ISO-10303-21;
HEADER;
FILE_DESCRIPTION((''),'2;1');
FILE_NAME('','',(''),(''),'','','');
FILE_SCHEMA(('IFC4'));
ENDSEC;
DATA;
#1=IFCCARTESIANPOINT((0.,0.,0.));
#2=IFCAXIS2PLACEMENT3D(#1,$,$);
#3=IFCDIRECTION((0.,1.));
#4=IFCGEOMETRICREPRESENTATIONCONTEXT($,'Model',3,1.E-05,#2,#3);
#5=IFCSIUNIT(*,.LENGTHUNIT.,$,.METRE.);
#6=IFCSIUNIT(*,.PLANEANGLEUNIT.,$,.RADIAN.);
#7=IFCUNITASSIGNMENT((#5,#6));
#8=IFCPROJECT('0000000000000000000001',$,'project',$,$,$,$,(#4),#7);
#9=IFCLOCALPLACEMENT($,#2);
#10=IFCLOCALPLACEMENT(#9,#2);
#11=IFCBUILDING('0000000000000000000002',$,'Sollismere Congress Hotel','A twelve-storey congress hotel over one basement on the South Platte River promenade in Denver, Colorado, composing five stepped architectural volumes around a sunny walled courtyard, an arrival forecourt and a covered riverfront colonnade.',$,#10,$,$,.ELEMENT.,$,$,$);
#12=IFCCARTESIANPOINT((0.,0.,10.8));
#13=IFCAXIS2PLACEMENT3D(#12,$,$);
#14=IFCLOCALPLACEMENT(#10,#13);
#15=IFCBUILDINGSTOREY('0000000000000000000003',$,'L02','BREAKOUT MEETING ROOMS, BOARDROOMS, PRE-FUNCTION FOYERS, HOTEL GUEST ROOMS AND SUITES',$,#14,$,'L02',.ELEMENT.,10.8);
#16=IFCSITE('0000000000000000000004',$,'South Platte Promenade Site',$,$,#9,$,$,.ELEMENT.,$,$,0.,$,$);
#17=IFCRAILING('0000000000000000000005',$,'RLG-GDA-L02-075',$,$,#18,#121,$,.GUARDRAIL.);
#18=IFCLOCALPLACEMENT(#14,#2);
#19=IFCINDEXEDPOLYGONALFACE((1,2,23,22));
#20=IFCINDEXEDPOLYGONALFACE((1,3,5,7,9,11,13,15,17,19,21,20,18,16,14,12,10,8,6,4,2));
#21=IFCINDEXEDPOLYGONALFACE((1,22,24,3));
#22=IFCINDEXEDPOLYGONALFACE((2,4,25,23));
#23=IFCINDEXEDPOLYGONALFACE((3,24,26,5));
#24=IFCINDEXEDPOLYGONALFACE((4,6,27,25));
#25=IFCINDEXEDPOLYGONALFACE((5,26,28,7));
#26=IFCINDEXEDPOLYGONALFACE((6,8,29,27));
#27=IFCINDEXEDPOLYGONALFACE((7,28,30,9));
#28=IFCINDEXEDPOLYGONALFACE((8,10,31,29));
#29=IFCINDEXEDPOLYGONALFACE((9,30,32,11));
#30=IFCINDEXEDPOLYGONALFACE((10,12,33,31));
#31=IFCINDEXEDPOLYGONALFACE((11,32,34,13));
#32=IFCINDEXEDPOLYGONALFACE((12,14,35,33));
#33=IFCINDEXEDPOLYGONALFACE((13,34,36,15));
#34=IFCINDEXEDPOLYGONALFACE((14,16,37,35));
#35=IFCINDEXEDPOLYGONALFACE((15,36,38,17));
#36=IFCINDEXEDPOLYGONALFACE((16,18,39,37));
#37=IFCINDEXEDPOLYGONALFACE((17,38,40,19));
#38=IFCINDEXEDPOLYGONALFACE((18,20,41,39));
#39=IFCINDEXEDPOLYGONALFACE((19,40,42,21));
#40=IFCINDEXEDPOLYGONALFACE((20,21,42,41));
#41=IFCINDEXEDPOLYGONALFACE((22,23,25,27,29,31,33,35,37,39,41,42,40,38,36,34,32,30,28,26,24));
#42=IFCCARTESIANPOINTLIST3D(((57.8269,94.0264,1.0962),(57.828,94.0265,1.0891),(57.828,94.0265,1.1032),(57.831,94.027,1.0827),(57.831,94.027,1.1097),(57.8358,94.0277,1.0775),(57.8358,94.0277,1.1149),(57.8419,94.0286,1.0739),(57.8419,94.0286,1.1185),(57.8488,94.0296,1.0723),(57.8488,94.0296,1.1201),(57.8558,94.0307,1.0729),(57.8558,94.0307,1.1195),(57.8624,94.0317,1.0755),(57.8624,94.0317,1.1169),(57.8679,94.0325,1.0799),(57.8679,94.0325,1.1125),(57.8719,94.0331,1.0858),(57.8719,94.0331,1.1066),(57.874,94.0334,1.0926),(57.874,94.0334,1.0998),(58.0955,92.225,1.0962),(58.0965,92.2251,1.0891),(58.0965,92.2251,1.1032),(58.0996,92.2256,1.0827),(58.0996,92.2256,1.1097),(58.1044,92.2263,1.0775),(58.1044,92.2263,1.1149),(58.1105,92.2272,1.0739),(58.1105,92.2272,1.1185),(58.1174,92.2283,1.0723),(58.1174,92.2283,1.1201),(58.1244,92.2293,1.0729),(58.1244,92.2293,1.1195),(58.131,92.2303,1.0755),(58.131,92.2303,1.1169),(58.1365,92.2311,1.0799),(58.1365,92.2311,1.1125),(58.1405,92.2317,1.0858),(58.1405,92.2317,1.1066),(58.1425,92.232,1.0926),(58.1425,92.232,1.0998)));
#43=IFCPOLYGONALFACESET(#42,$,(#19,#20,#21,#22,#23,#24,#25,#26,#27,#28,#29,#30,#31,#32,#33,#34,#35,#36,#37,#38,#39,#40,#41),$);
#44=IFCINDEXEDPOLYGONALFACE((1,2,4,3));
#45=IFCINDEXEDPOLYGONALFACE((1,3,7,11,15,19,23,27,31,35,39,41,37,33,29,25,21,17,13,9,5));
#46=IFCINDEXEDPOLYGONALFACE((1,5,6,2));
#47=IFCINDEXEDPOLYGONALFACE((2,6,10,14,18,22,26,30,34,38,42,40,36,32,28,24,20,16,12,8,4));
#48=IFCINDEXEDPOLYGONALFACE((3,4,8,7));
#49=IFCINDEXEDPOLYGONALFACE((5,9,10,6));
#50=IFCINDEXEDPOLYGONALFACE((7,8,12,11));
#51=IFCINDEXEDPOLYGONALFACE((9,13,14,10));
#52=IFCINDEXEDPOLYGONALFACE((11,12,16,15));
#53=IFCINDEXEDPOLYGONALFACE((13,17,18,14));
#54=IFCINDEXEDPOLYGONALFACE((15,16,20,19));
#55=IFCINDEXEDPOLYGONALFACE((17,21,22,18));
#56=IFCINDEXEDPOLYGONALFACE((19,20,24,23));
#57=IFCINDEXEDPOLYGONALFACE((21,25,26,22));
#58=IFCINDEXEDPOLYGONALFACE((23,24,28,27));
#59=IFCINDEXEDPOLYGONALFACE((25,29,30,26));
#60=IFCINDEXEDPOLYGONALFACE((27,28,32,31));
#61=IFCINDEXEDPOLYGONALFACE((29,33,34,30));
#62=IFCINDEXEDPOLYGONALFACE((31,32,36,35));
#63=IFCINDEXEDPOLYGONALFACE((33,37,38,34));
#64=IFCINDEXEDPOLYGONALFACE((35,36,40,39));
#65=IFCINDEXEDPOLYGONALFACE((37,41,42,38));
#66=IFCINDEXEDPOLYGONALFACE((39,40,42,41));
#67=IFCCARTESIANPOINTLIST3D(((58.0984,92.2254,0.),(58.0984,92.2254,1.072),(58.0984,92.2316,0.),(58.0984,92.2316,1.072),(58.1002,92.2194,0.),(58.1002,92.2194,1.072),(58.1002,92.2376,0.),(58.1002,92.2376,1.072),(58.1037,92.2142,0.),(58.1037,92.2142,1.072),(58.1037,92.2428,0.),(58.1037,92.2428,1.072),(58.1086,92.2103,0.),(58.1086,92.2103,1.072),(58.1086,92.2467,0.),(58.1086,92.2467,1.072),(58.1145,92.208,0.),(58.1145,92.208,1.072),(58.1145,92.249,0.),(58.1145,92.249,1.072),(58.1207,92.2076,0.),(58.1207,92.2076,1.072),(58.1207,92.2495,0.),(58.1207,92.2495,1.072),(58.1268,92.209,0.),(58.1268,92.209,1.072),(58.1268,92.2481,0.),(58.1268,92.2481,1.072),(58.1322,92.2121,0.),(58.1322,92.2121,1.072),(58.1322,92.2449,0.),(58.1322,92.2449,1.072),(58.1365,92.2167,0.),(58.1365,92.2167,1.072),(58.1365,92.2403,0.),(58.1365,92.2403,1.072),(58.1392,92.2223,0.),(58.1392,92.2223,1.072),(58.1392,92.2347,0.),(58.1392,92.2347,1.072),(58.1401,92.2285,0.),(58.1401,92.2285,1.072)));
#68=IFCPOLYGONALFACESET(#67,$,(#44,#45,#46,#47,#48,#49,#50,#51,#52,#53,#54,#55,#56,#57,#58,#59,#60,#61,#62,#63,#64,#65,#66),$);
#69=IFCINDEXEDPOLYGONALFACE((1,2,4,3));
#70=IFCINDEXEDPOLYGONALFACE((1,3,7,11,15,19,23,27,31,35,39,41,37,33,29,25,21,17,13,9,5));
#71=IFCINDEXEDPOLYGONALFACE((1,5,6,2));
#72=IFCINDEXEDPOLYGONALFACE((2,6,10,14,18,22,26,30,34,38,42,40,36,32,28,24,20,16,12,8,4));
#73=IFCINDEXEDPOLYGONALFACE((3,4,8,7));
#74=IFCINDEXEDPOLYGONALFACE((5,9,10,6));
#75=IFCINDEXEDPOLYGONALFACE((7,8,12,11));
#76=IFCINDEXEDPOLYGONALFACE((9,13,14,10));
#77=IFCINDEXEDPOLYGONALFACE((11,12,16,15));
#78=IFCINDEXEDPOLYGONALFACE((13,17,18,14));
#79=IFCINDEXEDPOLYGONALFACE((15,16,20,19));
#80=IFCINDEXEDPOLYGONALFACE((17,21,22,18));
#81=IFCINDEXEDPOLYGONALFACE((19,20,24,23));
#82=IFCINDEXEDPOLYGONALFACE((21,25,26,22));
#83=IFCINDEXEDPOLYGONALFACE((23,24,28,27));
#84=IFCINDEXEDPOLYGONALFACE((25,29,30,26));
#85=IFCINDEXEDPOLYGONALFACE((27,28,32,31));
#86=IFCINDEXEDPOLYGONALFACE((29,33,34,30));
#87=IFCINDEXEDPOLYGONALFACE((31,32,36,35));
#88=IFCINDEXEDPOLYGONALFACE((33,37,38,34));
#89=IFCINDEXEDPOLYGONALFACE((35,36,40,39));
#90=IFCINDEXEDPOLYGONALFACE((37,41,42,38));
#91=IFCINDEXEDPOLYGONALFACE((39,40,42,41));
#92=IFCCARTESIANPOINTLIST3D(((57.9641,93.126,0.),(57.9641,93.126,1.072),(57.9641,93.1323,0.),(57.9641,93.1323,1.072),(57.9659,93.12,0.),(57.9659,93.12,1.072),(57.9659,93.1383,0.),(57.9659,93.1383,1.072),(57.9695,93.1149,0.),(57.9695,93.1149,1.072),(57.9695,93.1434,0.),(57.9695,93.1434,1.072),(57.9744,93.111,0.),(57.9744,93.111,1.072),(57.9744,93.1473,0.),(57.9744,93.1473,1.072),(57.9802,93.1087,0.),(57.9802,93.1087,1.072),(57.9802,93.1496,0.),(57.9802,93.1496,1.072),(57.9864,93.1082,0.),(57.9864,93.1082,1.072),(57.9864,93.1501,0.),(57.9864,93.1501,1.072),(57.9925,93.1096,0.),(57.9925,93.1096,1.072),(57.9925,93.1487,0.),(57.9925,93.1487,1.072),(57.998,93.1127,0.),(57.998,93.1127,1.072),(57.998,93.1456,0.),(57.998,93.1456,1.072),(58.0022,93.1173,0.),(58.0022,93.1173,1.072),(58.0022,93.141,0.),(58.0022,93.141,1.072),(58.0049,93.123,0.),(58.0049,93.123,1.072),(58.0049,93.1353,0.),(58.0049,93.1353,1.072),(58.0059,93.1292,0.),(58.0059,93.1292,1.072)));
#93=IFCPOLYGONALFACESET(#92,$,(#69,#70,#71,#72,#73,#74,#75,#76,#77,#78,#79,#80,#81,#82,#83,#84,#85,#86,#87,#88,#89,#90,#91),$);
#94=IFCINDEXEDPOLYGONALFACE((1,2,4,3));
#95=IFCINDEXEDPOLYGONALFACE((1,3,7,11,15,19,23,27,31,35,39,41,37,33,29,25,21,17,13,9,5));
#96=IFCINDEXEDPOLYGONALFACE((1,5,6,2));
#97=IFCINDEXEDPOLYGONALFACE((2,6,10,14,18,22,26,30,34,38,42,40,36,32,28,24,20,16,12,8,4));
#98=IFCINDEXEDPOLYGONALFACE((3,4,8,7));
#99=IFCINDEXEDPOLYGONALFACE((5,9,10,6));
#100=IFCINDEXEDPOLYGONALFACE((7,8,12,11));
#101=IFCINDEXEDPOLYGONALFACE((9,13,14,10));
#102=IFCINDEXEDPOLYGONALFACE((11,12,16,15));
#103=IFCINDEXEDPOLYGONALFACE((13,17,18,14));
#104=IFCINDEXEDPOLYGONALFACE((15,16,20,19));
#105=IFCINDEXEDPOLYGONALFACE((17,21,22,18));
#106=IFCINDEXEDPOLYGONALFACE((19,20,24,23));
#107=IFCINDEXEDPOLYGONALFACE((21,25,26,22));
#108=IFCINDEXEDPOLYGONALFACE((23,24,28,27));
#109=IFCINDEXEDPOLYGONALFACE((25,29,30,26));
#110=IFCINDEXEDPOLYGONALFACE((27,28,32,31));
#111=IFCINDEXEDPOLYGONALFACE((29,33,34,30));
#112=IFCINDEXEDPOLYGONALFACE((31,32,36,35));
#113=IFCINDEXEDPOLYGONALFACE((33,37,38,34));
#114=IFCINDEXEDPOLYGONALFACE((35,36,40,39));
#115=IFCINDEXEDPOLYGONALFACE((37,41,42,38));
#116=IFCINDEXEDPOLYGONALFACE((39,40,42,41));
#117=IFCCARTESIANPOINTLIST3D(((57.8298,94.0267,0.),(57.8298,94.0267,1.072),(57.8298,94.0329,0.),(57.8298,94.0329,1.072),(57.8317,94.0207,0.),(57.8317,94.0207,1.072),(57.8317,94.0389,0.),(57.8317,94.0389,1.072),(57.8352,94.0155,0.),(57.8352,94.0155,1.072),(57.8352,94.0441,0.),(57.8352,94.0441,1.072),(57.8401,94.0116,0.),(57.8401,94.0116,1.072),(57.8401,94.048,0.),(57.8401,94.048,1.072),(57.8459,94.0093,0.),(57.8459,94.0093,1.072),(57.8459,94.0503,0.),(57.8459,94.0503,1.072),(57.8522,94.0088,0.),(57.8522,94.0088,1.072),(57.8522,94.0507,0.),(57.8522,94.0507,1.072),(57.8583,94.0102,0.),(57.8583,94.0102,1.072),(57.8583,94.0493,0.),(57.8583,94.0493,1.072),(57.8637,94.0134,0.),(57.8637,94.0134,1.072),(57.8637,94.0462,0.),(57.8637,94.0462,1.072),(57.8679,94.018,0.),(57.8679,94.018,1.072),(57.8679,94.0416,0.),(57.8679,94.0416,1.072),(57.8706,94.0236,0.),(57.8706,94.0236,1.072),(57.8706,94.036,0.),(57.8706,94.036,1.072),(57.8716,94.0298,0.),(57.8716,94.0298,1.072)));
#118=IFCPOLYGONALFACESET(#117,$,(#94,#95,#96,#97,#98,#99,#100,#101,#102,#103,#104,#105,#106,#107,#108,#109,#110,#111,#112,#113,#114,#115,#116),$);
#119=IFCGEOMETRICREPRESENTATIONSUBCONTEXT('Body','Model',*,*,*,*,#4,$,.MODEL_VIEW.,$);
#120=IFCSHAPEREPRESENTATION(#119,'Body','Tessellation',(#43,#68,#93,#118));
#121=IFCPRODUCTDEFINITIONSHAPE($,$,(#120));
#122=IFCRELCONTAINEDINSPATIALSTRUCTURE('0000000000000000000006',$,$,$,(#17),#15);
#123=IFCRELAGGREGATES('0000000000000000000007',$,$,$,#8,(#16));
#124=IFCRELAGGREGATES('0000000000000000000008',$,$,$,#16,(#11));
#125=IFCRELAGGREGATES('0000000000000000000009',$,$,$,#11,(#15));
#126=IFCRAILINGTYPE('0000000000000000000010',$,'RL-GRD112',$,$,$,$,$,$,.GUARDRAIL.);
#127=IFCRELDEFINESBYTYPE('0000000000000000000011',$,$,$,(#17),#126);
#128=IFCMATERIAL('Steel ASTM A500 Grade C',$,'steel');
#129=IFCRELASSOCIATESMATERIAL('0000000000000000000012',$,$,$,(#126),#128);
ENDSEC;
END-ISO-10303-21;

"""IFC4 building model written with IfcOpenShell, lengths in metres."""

from ifc_helpers import new_model, si_unit, direction, frame, origin, origin_2d, place, context, subcontext, project, spatial, circle, extrude, material, type_object, element, save


model = new_model("IFC4")

# Units and contexts
model_context = context("Model", 3, precision=1e-05, world=origin(), true_north=direction((0.0, 1.0)))
body_context = subcontext(model_context, "Body", "Model", "MODEL_VIEW")
ifc_project = project(units=[si_unit("LENGTHUNIT", "METRE"), si_unit("PLANEANGLEUNIT", "RADIAN")], contexts=[model_context])

# Site, building, storey
site_placement = place(None, origin())
site = spatial("IfcSite", under=ifc_project, at=site_placement, Name="South Platte Promenade Site", CompositionType="ELEMENT", RefElevation=0.0)
building_placement = place(site_placement, origin())
building = spatial("IfcBuilding", under=site, at=building_placement, Name="Sollismere Congress Hotel", Description="A twelve-storey congress hotel over one basement on the South Platte River promenade in Denver, Colorado, composing five stepped architectural volumes around a sunny walled courtyard, an arrival forecourt and a covered riverfront colonnade.", CompositionType="ELEMENT")
storey_placement = place(building_placement, frame((0.0, 0.0, 10.8)))
storey = spatial("IfcBuildingStorey", under=building, at=storey_placement, Name="L02", Description="BREAKOUT MEETING ROOMS, BOARDROOMS, PRE-FUNCTION FOYERS, HOTEL GUEST ROOMS AND SUITES", LongName="L02", CompositionType="ELEMENT", Elevation=10.8)

# Shared definitions
ifc_material_1 = material(Name="Steel ASTM A500 Grade C", Category="steel")

# Railing
railing_type = type_object("IfcRailingType", Name="RL-GRD112", PredefinedType="GUARDRAIL", material=ifc_material_1)
railing_1_placement = place(storey_placement, frame((58.1191, 92.2285, 0.0)))
element("IfcRailing", 1, at=railing_1_placement, inside=storey, type_object=railing_type, Name="RLG-GDA-L02-075", PredefinedType="GUARDRAIL", context=body_context, shape_type="SweptSolid", body=[
    extrude(circle(Radius=0.0239, at=origin_2d()), frame((0.0, 0.0, 1.0962), z_axis=(-0.147462, 0.989068, 0.0), x_axis=(-0.989068, -0.147462, 0.0)), (0.0, 0.0, 1.0), 1.8213),
    extrude(circle(Radius=0.021, at=origin_2d()), origin(), (0.0, 0.0, 1.0), 1.072),
    extrude(circle(Radius=0.021, at=origin_2d()), frame((-0.1343, 0.9006, 0.0)), (0.0, 0.0, 1.0), 1.072),
    extrude(circle(Radius=0.021, at=origin_2d()), frame((-0.2686, 1.8013, 0.0)), (0.0, 0.0, 1.0), 1.072),
])

save(model, "model.ifc")
